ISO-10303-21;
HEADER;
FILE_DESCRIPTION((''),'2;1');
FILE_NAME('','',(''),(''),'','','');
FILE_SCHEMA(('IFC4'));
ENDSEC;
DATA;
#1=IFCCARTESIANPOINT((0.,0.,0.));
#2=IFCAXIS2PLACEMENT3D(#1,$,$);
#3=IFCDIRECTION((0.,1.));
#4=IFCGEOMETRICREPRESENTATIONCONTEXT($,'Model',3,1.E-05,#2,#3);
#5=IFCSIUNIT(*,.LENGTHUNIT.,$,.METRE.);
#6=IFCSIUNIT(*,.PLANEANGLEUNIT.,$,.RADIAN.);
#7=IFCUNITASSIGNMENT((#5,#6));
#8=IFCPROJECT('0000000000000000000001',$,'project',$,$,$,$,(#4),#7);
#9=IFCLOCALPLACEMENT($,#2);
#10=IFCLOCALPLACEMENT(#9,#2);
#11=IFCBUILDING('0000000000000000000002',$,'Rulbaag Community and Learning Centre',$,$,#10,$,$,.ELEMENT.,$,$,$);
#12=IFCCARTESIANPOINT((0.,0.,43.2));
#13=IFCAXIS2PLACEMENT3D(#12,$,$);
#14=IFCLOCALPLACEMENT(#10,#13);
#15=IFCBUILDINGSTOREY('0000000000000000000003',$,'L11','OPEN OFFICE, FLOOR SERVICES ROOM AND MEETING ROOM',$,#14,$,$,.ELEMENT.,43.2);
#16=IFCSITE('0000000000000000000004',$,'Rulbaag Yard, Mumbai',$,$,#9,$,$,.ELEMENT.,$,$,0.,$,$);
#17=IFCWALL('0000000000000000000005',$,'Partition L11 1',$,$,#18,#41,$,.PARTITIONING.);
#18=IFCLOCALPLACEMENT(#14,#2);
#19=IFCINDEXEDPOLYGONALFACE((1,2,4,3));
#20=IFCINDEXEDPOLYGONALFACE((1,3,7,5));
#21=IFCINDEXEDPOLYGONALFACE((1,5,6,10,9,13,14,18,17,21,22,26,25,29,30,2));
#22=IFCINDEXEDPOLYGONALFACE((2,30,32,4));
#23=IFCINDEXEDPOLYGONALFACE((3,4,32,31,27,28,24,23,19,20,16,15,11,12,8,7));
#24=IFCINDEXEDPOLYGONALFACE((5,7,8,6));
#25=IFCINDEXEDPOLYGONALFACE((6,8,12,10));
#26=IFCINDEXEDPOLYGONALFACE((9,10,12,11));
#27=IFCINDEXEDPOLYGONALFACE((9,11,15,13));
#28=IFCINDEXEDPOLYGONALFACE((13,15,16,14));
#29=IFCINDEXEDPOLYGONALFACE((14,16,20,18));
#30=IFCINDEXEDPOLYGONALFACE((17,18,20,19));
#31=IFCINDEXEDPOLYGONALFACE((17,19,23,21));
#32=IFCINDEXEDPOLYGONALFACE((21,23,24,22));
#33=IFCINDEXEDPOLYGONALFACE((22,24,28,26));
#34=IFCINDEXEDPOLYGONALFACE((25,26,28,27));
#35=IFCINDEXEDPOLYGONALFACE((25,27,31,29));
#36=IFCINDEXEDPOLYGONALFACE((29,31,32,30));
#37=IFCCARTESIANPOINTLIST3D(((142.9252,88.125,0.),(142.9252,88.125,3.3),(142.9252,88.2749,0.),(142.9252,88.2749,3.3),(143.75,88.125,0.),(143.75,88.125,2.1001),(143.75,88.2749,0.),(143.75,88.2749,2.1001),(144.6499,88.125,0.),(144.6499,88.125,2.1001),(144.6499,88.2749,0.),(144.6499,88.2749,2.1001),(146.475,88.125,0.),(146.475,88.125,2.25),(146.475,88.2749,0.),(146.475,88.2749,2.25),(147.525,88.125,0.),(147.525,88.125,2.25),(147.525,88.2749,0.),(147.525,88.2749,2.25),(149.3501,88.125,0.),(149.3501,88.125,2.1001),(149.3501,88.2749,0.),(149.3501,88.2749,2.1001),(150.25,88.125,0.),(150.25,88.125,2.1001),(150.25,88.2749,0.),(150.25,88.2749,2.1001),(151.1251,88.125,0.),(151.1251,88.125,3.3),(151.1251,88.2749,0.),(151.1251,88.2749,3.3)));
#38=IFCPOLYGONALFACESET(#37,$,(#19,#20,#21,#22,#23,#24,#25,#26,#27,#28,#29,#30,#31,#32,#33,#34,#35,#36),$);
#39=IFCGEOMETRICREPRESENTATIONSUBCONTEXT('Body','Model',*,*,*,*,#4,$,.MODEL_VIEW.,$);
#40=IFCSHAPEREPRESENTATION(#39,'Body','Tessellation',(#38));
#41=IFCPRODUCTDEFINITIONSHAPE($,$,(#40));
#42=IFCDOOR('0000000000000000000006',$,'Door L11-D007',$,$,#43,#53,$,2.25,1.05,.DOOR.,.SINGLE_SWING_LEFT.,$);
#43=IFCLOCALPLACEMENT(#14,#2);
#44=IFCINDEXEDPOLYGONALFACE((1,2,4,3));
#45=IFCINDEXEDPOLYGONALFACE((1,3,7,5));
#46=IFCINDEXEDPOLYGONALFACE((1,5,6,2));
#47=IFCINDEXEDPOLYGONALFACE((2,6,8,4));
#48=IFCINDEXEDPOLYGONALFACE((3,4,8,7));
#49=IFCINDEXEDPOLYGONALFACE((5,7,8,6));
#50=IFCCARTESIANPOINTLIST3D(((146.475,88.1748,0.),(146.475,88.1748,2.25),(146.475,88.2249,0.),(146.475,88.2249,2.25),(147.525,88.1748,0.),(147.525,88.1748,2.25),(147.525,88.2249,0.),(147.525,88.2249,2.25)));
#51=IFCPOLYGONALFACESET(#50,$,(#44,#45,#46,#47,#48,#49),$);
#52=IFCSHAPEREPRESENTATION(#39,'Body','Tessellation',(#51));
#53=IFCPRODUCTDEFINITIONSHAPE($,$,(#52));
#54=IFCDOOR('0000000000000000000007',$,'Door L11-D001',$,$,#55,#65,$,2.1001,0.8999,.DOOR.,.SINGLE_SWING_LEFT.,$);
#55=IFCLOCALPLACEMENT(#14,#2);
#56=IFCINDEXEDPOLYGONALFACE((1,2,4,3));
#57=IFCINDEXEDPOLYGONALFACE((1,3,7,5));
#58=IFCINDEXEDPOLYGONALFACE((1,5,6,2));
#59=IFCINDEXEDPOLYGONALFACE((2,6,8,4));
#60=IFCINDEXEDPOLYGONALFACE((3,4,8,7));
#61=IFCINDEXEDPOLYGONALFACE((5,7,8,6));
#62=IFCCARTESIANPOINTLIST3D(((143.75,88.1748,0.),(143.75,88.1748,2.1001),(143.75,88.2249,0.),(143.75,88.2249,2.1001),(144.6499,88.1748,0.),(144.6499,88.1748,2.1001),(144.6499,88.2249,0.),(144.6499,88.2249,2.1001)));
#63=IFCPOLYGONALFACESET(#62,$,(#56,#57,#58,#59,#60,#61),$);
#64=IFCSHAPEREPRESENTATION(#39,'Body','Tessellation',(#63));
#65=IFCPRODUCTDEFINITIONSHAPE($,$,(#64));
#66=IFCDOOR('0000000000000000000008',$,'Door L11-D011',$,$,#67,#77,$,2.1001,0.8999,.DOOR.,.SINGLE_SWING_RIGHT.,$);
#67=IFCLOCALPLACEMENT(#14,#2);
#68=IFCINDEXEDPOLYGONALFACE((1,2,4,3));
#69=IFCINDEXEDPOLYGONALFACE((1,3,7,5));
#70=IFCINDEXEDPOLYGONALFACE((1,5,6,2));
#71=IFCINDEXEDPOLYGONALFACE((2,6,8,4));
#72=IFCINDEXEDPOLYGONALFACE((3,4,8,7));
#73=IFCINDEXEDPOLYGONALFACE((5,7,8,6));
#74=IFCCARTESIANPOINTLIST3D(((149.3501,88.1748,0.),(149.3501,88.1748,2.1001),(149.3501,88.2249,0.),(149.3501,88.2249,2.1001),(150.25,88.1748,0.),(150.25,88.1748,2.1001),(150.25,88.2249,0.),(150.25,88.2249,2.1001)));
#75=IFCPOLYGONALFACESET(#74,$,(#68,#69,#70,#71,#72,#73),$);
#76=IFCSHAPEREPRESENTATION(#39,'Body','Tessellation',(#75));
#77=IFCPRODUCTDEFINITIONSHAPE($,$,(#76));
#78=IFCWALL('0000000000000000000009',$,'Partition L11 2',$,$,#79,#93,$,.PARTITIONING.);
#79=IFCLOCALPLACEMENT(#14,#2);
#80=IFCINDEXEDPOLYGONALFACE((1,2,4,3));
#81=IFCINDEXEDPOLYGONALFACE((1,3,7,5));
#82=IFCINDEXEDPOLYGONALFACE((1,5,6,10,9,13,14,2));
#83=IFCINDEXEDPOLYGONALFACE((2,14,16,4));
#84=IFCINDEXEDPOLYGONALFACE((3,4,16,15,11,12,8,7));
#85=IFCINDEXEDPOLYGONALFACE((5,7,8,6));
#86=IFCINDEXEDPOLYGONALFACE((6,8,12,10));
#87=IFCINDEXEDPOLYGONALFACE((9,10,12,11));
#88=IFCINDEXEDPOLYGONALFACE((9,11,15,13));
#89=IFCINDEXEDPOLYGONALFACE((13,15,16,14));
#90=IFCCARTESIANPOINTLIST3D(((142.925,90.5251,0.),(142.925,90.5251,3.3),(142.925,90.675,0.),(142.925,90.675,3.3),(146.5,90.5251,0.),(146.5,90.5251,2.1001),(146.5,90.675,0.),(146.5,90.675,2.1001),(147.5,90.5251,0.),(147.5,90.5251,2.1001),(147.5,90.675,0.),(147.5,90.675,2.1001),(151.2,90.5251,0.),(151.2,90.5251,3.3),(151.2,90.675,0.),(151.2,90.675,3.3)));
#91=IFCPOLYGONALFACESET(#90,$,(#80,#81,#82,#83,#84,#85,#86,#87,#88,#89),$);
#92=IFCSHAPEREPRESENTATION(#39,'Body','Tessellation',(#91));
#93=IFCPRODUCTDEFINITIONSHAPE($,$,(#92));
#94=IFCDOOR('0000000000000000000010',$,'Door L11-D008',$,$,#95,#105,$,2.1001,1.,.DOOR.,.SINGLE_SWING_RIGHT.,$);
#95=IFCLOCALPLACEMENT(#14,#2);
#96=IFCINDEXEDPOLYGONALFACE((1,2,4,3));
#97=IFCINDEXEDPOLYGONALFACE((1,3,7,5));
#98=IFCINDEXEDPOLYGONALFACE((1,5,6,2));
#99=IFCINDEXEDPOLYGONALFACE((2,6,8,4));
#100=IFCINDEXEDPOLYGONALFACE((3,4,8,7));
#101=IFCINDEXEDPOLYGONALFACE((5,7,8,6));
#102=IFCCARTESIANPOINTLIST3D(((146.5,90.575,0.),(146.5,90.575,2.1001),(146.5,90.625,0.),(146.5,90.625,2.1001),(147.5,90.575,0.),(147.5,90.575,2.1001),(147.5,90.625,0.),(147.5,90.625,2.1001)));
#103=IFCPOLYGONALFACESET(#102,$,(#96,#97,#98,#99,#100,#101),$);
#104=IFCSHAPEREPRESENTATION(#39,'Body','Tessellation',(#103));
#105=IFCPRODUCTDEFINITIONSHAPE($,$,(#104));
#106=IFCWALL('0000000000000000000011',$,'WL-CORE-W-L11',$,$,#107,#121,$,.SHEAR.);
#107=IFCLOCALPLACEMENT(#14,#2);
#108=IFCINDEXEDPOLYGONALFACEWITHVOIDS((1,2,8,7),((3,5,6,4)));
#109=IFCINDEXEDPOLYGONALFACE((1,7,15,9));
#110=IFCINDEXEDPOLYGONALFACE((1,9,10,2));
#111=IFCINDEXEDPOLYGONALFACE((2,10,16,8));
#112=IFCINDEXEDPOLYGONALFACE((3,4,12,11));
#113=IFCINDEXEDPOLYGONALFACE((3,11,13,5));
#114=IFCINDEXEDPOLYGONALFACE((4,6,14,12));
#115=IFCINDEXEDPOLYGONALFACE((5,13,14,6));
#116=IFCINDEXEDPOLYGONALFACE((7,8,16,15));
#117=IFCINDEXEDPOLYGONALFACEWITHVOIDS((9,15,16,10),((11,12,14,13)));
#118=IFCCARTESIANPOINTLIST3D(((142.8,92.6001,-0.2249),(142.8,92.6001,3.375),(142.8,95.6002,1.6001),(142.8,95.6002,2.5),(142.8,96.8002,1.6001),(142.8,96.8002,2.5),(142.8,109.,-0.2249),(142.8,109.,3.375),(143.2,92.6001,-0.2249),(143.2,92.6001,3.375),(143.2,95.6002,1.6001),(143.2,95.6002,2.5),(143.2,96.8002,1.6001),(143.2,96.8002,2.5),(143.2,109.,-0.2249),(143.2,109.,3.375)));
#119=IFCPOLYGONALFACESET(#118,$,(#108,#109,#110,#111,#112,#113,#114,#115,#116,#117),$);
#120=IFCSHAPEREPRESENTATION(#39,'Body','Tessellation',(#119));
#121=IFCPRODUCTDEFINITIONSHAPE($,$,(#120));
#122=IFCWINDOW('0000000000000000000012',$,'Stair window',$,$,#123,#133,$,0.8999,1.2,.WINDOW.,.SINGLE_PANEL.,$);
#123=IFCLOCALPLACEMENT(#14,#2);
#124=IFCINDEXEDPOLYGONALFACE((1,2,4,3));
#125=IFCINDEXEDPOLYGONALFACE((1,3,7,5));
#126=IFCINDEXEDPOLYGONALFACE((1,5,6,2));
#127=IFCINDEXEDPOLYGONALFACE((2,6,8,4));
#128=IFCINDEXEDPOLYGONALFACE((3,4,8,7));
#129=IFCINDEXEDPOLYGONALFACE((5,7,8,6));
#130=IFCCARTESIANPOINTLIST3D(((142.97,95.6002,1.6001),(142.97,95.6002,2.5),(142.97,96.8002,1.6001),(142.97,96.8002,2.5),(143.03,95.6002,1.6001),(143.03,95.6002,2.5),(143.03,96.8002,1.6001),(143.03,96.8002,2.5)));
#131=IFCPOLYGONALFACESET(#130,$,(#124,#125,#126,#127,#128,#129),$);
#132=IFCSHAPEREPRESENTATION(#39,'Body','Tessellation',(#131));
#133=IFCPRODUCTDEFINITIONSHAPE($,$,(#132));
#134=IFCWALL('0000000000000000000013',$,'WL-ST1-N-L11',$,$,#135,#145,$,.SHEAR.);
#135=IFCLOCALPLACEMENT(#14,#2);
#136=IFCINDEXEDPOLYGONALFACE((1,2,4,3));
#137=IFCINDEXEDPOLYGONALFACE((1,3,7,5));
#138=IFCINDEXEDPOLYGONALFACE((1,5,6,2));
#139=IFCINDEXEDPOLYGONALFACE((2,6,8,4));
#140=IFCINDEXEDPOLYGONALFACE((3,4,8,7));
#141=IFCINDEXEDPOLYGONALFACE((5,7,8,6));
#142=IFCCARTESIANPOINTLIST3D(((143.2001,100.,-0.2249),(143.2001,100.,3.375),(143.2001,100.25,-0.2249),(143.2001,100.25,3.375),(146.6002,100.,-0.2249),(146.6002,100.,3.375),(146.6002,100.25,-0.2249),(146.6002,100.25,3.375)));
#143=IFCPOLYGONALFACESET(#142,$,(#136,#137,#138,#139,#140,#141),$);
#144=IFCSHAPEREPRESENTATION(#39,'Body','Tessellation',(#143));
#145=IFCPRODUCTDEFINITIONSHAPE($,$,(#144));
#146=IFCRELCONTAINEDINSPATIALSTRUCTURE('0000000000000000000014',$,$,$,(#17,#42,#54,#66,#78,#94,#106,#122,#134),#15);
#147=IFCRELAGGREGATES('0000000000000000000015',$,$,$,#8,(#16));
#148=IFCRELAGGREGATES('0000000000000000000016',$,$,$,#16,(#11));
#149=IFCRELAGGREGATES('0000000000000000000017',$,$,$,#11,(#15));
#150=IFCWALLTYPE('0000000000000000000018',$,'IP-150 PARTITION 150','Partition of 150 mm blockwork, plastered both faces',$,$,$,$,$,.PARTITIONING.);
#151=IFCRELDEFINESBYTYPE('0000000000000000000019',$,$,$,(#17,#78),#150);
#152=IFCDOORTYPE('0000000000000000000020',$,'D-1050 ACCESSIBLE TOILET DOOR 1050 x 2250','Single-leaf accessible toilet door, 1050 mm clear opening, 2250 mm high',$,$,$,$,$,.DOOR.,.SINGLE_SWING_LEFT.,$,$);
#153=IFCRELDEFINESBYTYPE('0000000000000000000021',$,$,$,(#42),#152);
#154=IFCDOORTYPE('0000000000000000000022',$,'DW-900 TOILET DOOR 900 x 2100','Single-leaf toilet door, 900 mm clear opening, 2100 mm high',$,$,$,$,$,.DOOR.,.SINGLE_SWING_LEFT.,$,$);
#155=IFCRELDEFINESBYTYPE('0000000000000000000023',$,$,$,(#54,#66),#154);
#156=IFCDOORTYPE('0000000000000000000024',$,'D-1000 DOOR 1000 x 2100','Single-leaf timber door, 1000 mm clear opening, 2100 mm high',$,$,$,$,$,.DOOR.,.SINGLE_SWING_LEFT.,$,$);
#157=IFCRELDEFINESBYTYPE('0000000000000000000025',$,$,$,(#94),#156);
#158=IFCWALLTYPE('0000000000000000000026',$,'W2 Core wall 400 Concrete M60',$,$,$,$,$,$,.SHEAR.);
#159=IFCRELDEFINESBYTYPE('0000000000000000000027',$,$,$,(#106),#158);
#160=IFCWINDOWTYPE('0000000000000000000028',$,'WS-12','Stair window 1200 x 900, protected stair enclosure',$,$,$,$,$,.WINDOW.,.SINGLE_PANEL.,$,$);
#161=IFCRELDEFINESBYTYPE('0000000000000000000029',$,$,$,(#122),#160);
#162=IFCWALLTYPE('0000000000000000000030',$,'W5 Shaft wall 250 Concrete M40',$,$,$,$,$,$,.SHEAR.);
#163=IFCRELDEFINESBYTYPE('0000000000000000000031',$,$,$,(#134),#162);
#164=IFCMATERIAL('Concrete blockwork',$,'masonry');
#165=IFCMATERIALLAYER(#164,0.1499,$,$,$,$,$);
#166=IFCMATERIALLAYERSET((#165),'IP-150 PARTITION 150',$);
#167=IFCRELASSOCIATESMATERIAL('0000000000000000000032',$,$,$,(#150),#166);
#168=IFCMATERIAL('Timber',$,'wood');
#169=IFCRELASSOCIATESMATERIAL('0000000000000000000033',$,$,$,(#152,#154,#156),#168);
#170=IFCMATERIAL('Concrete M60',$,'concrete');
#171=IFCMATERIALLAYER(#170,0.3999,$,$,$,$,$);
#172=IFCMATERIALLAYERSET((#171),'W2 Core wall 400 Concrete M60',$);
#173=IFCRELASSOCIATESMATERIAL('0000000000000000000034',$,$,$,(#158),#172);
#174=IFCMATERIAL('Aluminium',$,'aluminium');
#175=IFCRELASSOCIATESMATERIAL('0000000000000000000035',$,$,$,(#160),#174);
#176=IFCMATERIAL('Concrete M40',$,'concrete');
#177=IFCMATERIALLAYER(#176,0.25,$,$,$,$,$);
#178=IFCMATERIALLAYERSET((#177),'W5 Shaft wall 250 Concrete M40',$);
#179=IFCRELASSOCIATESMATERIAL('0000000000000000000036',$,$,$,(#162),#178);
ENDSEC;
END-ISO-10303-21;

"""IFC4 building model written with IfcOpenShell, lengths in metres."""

from ifc_helpers import new_model, si_unit, direction, frame, frame_2d, origin, place, context, subcontext, project, spatial, rectangle, extrude, material, layer, layer_set, type_object, element, fill, save


model = new_model("IFC4")

# Units and contexts
model_context = context("Model", 3, precision=1e-05, world=origin(), true_north=direction((0.0, 1.0)))
body_context = subcontext(model_context, "Body", "Model", "MODEL_VIEW")
ifc_project = project(units=[si_unit("LENGTHUNIT", "METRE"), si_unit("PLANEANGLEUNIT", "RADIAN")], contexts=[model_context])

# Site, building, storey
site_placement = place(None, origin())
site = spatial("IfcSite", under=ifc_project, at=site_placement, Name="Rulbaag Yard, Mumbai", CompositionType="ELEMENT", RefElevation=0.0)
building_placement = place(site_placement, origin())
building = spatial("IfcBuilding", under=site, at=building_placement, Name="Rulbaag Community and Learning Centre", CompositionType="ELEMENT")
storey_placement = place(building_placement, frame((0.0, 0.0, 43.2)))
storey = spatial("IfcBuildingStorey", under=building, at=storey_placement, Name="L11", Description="OPEN OFFICE, FLOOR SERVICES ROOM AND MEETING ROOM", CompositionType="ELEMENT", Elevation=43.2)

# Shared definitions
ifc_material_1 = material(Name="Concrete M40", Category="concrete")

# Shared definitions
ifc_material_2 = material(Name="Aluminium", Category="aluminium")

# Wall, openings, doors
ifc_material_3 = material(Name="Concrete blockwork", Category="masonry")
ifc_material_4 = material(Name="Timber", Category="wood")
ifc_layer_1 = layer(ifc_material_3, 0.1499)
ifc_layer_set_1 = layer_set([ifc_layer_1], Name="IP-150 PARTITION 150")
wall_type_1 = type_object("IfcWallType", Name="IP-150 PARTITION 150", Description="Partition of 150 mm blockwork, plastered both faces", PredefinedType="PARTITIONING", material=ifc_layer_set_1)
wall_1_placement = place(storey_placement, frame((142.925, 88.2, 0.0), z_axis=(0.0, 0.0, 1.0), x_axis=(1.0, 0.0, 0.0)))
wall_1 = element("IfcWall", 1, at=wall_1_placement, inside=storey, type_object=wall_type_1, Name="Partition L11 1", PredefinedType="PARTITIONING", context=body_context, shape_type="SweptSolid", body=[
    extrude(rectangle(XDim=8.2, YDim=0.1499, at=frame_2d((4.1001, 0.0))), origin(), (0.0, 0.0, 1.0), 3.3),
])
opening_1_placement = place(wall_1_placement, frame((0.825, 0.0, 0.0)))
opening_1 = element("IfcOpeningElement", 2, at=opening_1_placement, cuts=wall_1, PredefinedType="OPENING", context=body_context, shape_type="SweptSolid", body=[
    extrude(rectangle(XDim=0.8999, YDim=2.1001, at=frame_2d((0.45, 1.05))), frame((0.0, 0.085, 0.0), z_axis=(0.0, -1.0, 0.0), x_axis=(1.0, 0.0, 0.0)), (0.0, 0.0, 1.0), 0.1699),
])
opening_2_placement = place(wall_1_placement, frame((3.55, 0.0, 0.0)))
opening_2 = element("IfcOpeningElement", 3, at=opening_2_placement, cuts=wall_1, PredefinedType="OPENING", context=body_context, shape_type="SweptSolid", body=[
    extrude(rectangle(XDim=1.05, YDim=2.25, at=frame_2d((0.5249, 1.125))), frame((0.0, 0.085, 0.0), z_axis=(0.0, -1.0, 0.0), x_axis=(1.0, 0.0, 0.0)), (0.0, 0.0, 1.0), 0.1699),
])
opening_3_placement = place(wall_1_placement, frame((6.425, 0.0, 0.0)))
opening_3 = element("IfcOpeningElement", 4, at=opening_3_placement, cuts=wall_1, PredefinedType="OPENING", context=body_context, shape_type="SweptSolid", body=[
    extrude(rectangle(XDim=0.8999, YDim=2.1001, at=frame_2d((0.45, 1.05))), frame((0.0, 0.085, 0.0), z_axis=(0.0, -1.0, 0.0), x_axis=(1.0, 0.0, 0.0)), (0.0, 0.0, 1.0), 0.1699),
])
door_type_1 = type_object("IfcDoorType", Name="D-1050 ACCESSIBLE TOILET DOOR 1050 x 2250", Description="Single-leaf accessible toilet door, 1050 mm clear opening, 2250 mm high", OperationType="SINGLE_SWING_LEFT", PredefinedType="DOOR", material=ifc_material_4)
door_1_placement = place(opening_2_placement, origin())
door_1 = element("IfcDoor", 5, at=door_1_placement, inside=storey, type_object=door_type_1, Name="Door L11-D007", OperationType="SINGLE_SWING_LEFT", OverallHeight=2.25, OverallWidth=1.05, PredefinedType="DOOR", context=body_context, shape_type="SweptSolid", body=[
    extrude(rectangle(XDim=1.05, YDim=2.25, at=frame_2d((0.5249, 1.125))), frame((0.0, 0.0249, 0.0), z_axis=(0.0, -1.0, 0.0), x_axis=(1.0, 0.0, 0.0)), (0.0, 0.0, 1.0), 0.05),
])
fill(opening_2, door_1)
door_type_2 = type_object("IfcDoorType", Name="DW-900 TOILET DOOR 900 x 2100", Description="Single-leaf toilet door, 900 mm clear opening, 2100 mm high", OperationType="SINGLE_SWING_LEFT", PredefinedType="DOOR", material=ifc_material_4)
door_2_placement = place(opening_1_placement, origin())
door_2 = element("IfcDoor", 6, at=door_2_placement, inside=storey, type_object=door_type_2, Name="Door L11-D001", OperationType="SINGLE_SWING_LEFT", OverallHeight=2.1001, OverallWidth=0.8999, PredefinedType="DOOR", context=body_context, shape_type="SweptSolid", body=[
    extrude(rectangle(XDim=0.8999, YDim=2.1001, at=frame_2d((0.45, 1.05))), frame((0.0, 0.0249, 0.0), z_axis=(0.0, -1.0, 0.0), x_axis=(1.0, 0.0, 0.0)), (0.0, 0.0, 1.0), 0.05),
])
fill(opening_1, door_2)
door_3_placement = place(opening_3_placement, origin())
door_3 = element("IfcDoor", 7, at=door_3_placement, inside=storey, type_object=door_type_2, Name="Door L11-D011", OperationType="SINGLE_SWING_RIGHT", OverallHeight=2.1001, OverallWidth=0.8999, PredefinedType="DOOR", context=body_context, shape_type="SweptSolid", body=[
    extrude(rectangle(XDim=0.8999, YDim=2.1001, at=frame_2d((0.45, 1.05))), frame((0.0, 0.0249, 0.0), z_axis=(0.0, -1.0, 0.0), x_axis=(1.0, 0.0, 0.0)), (0.0, 0.0, 1.0), 0.05),
])
fill(opening_3, door_3)

# Wall, opening, door
wall_2_placement = place(storey_placement, frame((142.925, 90.6001, 0.0), z_axis=(0.0, 0.0, 1.0), x_axis=(1.0, 0.0, 0.0)))
wall_2 = element("IfcWall", 8, at=wall_2_placement, inside=storey, type_object=wall_type_1, Name="Partition L11 2", PredefinedType="PARTITIONING", context=body_context, shape_type="SweptSolid", body=[
    extrude(rectangle(XDim=8.2749, YDim=0.1499, at=frame_2d((4.1375, 0.0))), origin(), (0.0, 0.0, 1.0), 3.3),
])
opening_4_placement = place(wall_2_placement, frame((3.575, 0.0, 0.0)))
opening_4 = element("IfcOpeningElement", 9, at=opening_4_placement, cuts=wall_2, PredefinedType="OPENING", context=body_context, shape_type="SweptSolid", body=[
    extrude(rectangle(XDim=1.0, YDim=2.1001, at=frame_2d((0.5, 1.05))), frame((0.0, 0.085, 0.0), z_axis=(0.0, -1.0, 0.0), x_axis=(1.0, 0.0, 0.0)), (0.0, 0.0, 1.0), 0.1699),
])
door_type_3 = type_object("IfcDoorType", Name="D-1000 DOOR 1000 x 2100", Description="Single-leaf timber door, 1000 mm clear opening, 2100 mm high", OperationType="SINGLE_SWING_LEFT", PredefinedType="DOOR", material=ifc_material_4)
door_4_placement = place(opening_4_placement, origin())
door_4 = element("IfcDoor", 10, at=door_4_placement, inside=storey, type_object=door_type_3, Name="Door L11-D008", OperationType="SINGLE_SWING_RIGHT", OverallHeight=2.1001, OverallWidth=1.0, PredefinedType="DOOR", context=body_context, shape_type="SweptSolid", body=[
    extrude(rectangle(XDim=1.0, YDim=2.1001, at=frame_2d((0.5, 1.05))), frame((0.0, 0.0249, 0.0), z_axis=(0.0, -1.0, 0.0), x_axis=(1.0, 0.0, 0.0)), (0.0, 0.0, 1.0), 0.05),
])
fill(opening_4, door_4)

# Wall, opening, window
ifc_material_5 = material(Name="Concrete M60", Category="concrete")
ifc_layer_2 = layer(ifc_material_5, 0.3999)
ifc_layer_set_2 = layer_set([ifc_layer_2], Name="W2 Core wall 400 Concrete M60")
wall_type_2 = type_object("IfcWallType", Name="W2 Core wall 400 Concrete M60", PredefinedType="SHEAR", material=ifc_layer_set_2)
wall_3_placement = place(storey_placement, frame((143.0, 92.6001, -0.2249), z_axis=(0.0, 0.0, 1.0), x_axis=(0.0, 1.0, 0.0)))
wall_3 = element("IfcWall", 11, at=wall_3_placement, inside=storey, type_object=wall_type_2, Name="WL-CORE-W-L11", PredefinedType="SHEAR", context=body_context, shape_type="SweptSolid", body=[
    extrude(rectangle(XDim=16.3999, YDim=0.3999, at=frame_2d((8.2, 0.0))), origin(), (0.0, 0.0, 1.0), 3.5999),
])
opening_5_placement = place(wall_3_placement, frame((3.0, 0.0, 1.825)))
opening_5 = element("IfcOpeningElement", 12, at=opening_5_placement, cuts=wall_3, PredefinedType="OPENING", context=body_context, shape_type="SweptSolid", body=[
    extrude(rectangle(XDim=1.2, YDim=0.8999, at=frame_2d((0.6001, 0.45))), frame((0.0, 0.21, 0.0), z_axis=(0.0, -1.0, 0.0), x_axis=(1.0, 0.0, 0.0)), (0.0, 0.0, 1.0), 0.4199),
])
window_type = type_object("IfcWindowType", Name="WS-12", Description="Stair window 1200 x 900, protected stair enclosure", PartitioningType="SINGLE_PANEL", PredefinedType="WINDOW", material=ifc_material_2)
window_placement = place(opening_5_placement, origin())
window = element("IfcWindow", 13, at=window_placement, inside=storey, type_object=window_type, Name="Stair window", OverallHeight=0.8999, OverallWidth=1.2, PartitioningType="SINGLE_PANEL", PredefinedType="WINDOW", context=body_context, shape_type="SweptSolid", body=[
    extrude(rectangle(XDim=1.2, YDim=0.8999, at=frame_2d((0.6001, 0.45))), frame((0.0, 0.03, 0.0), z_axis=(0.0, -1.0, 0.0), x_axis=(1.0, 0.0, 0.0)), (0.0, 0.0, 1.0), 0.0601),
])
fill(opening_5, window)

# Wall
ifc_layer_3 = layer(ifc_material_1, 0.25)
ifc_layer_set_3 = layer_set([ifc_layer_3], Name="W5 Shaft wall 250 Concrete M40")
wall_type_3 = type_object("IfcWallType", Name="W5 Shaft wall 250 Concrete M40", PredefinedType="SHEAR", material=ifc_layer_set_3)
wall_4_placement = place(storey_placement, frame((143.2, 100.125, -0.2249), z_axis=(0.0, 0.0, 1.0), x_axis=(1.0, 0.0, 0.0)))
element("IfcWall", 14, at=wall_4_placement, inside=storey, type_object=wall_type_3, Name="WL-ST1-N-L11", PredefinedType="SHEAR", context=body_context, shape_type="SweptSolid", body=[
    extrude(rectangle(XDim=3.4001, YDim=0.25, at=frame_2d((1.7002, 0.0))), origin(), (0.0, 0.0, 1.0), 3.5999),
])

save(model, "model.ifc")
